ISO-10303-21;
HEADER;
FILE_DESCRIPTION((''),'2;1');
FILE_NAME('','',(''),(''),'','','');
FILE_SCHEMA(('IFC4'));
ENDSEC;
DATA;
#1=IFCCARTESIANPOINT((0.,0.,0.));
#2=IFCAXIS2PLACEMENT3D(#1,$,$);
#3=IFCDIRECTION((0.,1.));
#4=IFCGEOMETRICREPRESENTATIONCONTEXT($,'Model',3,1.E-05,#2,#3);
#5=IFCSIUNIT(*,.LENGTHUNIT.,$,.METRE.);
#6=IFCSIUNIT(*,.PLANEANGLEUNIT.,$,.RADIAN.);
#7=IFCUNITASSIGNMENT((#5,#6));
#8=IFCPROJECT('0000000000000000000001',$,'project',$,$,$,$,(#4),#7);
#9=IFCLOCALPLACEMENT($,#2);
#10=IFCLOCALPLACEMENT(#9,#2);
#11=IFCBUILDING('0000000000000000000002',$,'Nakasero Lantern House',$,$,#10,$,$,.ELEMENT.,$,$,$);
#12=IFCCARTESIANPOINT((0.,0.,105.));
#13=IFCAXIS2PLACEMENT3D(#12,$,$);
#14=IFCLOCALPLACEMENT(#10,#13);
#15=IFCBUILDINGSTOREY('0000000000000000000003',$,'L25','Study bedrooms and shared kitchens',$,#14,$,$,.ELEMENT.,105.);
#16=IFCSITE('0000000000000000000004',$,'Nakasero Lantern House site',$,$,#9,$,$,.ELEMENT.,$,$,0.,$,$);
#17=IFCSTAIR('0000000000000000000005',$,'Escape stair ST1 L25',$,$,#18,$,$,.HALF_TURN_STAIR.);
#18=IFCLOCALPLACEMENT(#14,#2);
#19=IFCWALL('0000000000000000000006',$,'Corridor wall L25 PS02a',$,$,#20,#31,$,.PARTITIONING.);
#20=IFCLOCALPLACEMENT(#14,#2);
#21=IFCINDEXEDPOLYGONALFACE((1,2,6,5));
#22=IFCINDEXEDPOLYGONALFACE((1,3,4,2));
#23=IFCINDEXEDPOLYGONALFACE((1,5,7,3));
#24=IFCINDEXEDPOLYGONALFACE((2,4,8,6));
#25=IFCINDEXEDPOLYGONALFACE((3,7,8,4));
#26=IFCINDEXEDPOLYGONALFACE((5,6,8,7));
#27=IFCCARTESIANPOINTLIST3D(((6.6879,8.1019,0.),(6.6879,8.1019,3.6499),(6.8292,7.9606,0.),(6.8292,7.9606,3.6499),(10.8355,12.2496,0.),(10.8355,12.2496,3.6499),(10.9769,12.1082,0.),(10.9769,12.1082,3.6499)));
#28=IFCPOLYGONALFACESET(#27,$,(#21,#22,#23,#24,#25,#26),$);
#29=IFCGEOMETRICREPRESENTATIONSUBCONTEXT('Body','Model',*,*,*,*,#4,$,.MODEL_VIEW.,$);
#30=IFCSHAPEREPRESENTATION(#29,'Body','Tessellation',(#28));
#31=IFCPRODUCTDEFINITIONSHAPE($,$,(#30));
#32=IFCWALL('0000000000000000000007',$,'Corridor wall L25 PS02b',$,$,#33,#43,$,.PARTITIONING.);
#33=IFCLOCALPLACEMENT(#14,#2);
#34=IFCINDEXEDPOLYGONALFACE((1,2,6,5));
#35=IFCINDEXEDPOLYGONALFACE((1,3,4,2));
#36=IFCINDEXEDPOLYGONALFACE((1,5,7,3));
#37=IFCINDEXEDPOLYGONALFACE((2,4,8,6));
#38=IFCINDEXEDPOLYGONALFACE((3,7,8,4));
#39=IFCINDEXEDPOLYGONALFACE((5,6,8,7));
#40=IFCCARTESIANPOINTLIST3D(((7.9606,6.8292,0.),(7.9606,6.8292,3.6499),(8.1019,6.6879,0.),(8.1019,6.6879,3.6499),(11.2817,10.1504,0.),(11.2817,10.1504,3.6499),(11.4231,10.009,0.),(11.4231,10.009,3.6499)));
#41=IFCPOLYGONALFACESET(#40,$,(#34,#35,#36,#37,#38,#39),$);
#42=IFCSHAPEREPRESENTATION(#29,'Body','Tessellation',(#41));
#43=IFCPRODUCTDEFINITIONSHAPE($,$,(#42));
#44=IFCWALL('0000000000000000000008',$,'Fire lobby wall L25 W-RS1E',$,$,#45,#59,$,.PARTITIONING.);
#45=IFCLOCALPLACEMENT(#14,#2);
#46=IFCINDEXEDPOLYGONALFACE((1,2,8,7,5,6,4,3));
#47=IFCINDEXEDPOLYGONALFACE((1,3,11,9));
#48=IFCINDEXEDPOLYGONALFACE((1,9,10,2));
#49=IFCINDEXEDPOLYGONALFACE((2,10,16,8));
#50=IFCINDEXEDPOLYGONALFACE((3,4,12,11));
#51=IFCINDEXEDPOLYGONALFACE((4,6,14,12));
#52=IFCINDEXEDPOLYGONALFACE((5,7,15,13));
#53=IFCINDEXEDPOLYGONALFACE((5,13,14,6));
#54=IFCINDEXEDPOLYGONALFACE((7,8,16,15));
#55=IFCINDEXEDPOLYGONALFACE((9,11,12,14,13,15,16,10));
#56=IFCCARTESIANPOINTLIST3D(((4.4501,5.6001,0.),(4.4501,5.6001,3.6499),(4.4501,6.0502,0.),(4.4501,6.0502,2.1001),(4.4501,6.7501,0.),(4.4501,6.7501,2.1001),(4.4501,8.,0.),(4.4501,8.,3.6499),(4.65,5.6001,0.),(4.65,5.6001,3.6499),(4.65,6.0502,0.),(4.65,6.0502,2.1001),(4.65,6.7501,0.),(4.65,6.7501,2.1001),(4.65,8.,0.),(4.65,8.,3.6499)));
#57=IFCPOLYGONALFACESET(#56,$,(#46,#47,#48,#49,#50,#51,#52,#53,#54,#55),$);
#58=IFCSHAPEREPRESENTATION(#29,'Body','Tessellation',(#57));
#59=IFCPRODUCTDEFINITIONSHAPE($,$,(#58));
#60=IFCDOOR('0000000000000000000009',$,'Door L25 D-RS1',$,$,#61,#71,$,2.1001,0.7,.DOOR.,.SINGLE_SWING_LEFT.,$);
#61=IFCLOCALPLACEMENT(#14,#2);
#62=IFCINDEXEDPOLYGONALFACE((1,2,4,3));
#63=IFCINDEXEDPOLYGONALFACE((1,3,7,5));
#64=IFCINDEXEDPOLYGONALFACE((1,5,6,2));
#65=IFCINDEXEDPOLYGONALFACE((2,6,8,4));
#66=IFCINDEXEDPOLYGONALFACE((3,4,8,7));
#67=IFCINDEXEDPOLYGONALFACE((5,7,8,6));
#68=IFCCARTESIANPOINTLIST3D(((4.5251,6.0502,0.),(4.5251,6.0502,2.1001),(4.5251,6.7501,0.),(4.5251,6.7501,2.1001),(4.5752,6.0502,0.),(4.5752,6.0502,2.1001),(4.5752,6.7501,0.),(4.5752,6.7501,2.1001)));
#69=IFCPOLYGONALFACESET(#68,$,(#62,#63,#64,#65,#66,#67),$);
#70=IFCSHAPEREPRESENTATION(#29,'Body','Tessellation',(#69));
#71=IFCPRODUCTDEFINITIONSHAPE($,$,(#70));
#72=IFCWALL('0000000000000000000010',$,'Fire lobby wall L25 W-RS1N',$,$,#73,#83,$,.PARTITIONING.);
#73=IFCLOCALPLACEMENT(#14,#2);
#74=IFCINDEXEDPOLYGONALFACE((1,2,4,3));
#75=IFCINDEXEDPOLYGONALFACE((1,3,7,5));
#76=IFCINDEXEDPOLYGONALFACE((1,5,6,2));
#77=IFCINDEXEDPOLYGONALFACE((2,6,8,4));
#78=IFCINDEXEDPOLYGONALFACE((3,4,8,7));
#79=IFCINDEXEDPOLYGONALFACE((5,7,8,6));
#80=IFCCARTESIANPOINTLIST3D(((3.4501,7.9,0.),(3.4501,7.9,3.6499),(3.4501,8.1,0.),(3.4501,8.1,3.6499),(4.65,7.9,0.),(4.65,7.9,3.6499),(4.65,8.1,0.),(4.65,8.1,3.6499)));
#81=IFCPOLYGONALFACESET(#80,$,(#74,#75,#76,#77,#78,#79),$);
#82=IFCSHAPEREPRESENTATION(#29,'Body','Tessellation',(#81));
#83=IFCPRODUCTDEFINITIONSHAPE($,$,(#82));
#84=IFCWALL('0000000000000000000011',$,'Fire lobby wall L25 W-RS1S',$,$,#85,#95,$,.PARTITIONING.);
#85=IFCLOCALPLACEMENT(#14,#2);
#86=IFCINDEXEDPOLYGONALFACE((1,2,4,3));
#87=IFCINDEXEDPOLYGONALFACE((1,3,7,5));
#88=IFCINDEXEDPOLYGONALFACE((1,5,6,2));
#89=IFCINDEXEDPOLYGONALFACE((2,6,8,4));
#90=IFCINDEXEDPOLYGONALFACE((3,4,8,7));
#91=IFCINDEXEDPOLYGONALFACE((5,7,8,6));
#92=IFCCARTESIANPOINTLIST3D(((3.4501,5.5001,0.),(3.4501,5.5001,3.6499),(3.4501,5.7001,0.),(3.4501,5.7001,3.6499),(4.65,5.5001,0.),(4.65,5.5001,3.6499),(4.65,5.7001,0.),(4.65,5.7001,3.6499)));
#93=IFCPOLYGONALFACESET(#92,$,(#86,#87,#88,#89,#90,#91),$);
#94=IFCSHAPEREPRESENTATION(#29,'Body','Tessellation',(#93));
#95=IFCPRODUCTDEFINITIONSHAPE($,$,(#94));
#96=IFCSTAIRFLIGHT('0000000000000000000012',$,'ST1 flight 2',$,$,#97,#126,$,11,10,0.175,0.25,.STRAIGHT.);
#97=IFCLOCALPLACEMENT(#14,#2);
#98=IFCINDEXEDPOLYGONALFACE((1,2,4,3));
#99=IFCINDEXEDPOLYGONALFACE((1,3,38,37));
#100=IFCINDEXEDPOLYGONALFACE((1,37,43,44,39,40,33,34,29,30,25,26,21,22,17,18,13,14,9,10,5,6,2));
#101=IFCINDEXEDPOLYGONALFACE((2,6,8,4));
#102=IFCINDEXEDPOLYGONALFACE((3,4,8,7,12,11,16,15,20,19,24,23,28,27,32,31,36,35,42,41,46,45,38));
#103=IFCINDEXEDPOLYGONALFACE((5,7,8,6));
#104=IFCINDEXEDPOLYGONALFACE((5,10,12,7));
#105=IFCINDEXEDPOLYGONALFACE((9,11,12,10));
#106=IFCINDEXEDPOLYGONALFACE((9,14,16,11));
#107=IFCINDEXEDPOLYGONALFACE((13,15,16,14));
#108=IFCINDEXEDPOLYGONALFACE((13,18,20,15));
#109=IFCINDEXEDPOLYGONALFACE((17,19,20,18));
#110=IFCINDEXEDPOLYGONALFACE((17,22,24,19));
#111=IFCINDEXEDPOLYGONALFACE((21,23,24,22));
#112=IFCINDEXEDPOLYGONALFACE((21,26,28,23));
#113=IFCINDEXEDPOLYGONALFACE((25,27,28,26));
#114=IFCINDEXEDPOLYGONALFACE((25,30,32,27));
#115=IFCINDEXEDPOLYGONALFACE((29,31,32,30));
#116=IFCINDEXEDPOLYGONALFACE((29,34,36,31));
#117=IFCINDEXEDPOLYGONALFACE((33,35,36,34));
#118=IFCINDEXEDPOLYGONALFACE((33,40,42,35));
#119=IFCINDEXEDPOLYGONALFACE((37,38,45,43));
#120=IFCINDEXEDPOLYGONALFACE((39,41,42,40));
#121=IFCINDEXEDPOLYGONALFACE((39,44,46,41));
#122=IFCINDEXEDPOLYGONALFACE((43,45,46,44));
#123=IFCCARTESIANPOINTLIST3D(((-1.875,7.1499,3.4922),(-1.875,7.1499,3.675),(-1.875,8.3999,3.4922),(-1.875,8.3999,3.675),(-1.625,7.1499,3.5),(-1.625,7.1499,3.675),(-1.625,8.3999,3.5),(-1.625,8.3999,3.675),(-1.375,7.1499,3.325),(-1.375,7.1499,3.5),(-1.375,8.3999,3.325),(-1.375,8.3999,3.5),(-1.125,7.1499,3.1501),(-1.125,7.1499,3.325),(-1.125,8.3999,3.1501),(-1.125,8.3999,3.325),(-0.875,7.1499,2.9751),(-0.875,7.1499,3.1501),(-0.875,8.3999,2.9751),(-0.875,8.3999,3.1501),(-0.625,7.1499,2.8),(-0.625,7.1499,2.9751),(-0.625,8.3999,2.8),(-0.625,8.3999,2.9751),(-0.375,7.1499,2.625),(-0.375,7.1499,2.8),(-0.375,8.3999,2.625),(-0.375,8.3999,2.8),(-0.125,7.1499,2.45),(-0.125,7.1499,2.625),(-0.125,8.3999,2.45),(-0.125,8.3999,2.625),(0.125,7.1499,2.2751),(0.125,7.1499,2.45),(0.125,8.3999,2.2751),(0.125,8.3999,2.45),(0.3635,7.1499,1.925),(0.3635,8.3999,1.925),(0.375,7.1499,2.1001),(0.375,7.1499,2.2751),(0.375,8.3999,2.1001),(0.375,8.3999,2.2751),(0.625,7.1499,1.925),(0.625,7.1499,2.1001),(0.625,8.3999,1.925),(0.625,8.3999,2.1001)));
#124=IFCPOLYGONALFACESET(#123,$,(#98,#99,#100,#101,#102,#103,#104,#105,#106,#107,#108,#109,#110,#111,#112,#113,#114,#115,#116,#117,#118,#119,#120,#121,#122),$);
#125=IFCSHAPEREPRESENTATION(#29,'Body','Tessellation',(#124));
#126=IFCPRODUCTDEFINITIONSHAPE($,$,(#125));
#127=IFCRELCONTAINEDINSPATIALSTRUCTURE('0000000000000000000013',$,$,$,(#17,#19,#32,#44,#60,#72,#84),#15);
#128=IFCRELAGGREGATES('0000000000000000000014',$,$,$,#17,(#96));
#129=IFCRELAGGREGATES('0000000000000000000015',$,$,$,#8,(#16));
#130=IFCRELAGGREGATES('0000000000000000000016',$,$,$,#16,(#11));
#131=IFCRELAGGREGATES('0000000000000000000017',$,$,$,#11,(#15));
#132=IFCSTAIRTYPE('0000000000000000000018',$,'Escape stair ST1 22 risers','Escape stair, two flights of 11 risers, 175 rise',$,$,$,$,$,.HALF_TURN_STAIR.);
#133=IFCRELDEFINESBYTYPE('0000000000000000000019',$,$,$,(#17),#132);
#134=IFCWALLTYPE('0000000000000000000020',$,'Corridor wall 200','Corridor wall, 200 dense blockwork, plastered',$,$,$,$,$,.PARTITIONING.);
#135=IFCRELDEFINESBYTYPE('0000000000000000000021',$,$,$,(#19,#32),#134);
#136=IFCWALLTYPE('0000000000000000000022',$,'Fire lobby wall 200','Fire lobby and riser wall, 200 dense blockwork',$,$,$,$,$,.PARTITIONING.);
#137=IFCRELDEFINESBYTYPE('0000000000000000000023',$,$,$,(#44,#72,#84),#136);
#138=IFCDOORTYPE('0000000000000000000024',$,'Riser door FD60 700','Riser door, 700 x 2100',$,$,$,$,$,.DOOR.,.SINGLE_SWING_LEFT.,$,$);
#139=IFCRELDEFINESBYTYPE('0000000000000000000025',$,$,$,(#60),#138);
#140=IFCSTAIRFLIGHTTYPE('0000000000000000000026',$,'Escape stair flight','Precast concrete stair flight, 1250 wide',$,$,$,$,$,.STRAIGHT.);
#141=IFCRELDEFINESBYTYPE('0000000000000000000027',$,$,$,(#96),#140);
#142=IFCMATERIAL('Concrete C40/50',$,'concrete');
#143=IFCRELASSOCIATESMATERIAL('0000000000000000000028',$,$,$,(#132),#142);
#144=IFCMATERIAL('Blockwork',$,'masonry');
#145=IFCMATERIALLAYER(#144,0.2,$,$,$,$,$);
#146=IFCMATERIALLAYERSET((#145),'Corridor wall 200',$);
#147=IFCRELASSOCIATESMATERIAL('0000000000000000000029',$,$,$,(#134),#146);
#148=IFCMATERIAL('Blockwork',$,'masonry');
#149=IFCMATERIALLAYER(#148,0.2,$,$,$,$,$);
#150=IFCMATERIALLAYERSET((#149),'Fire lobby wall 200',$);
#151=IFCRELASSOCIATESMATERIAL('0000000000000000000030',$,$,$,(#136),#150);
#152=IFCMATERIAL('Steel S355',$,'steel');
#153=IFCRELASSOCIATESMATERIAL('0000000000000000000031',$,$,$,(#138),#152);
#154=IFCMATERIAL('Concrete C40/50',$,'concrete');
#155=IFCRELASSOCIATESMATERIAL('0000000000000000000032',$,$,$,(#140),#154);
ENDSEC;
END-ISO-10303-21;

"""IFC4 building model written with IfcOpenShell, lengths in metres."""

from ifc_helpers import new_model, si_unit, direction, frame, frame_2d, origin, place, context, subcontext, project, spatial, polyline, rectangle, outline, extrude, material, layer, layer_set, type_object, element, fill, aggregate, save


model = new_model("IFC4")

# Units and contexts
model_context = context("Model", 3, precision=1e-05, world=origin(), true_north=direction((0.0, 1.0)))
body_context = subcontext(model_context, "Body", "Model", "MODEL_VIEW")
ifc_project = project(units=[si_unit("LENGTHUNIT", "METRE"), si_unit("PLANEANGLEUNIT", "RADIAN")], contexts=[model_context])

# Site, building, storey
site_placement = place(None, origin())
site = spatial("IfcSite", under=ifc_project, at=site_placement, Name="Nakasero Lantern House site", CompositionType="ELEMENT", RefElevation=0.0)
building_placement = place(site_placement, origin())
building = spatial("IfcBuilding", under=site, at=building_placement, Name="Nakasero Lantern House", CompositionType="ELEMENT")
storey_placement = place(building_placement, frame((0.0, 0.0, 105.0)))
storey = spatial("IfcBuildingStorey", under=building, at=storey_placement, Name="L25", Description="Study bedrooms and shared kitchens", CompositionType="ELEMENT", Elevation=105.0)

# Stair
ifc_material_1 = material(Name="Concrete C40/50", Category="concrete")
stair_type_1 = type_object("IfcStairType", Name="Escape stair ST1 22 risers", Description="Escape stair, two flights of 11 risers, 175 rise", PredefinedType="HALF_TURN_STAIR", material=ifc_material_1)
stair_1_placement = place(storey_placement, origin())
stair_1 = element("IfcStair", 1, at=stair_1_placement, inside=storey, type_object=stair_type_1, Name="Escape stair ST1 L25", PredefinedType="HALF_TURN_STAIR")

# Walls
ifc_material_2 = material(Name="Blockwork", Category="masonry")
ifc_layer_1 = layer(ifc_material_2, 0.2)
ifc_layer_set_1 = layer_set([ifc_layer_1], Name="Corridor wall 200")
wall_type_1 = type_object("IfcWallType", Name="Corridor wall 200", Description="Corridor wall, 200 dense blockwork, plastered", PredefinedType="PARTITIONING", material=ifc_layer_set_1)
wall_1_placement = place(storey_placement, frame((6.7585, 8.0312, 0.0), z_axis=(0.0, 0.0, 1.0), x_axis=(0.707107, 0.707107, 0.0)))
element("IfcWall", 2, at=wall_1_placement, inside=storey, type_object=wall_type_1, Name="Corridor wall L25 PS02a", PredefinedType="PARTITIONING", context=body_context, shape_type="SweptSolid", body=[
    extrude(rectangle(XDim=5.8657, YDim=0.2, at=frame_2d((2.9329, 0.0))), origin(), (0.0, 0.0, 1.0), 3.6499),
])
wall_2_placement = place(storey_placement, frame((8.0312, 6.7585, 0.0), z_axis=(0.0, 0.0, 1.0), x_axis=(0.707107, 0.707107, 0.0)))
element("IfcWall", 3, at=wall_2_placement, inside=storey, type_object=wall_type_1, Name="Corridor wall L25 PS02b", PredefinedType="PARTITIONING", context=body_context, shape_type="SweptSolid", body=[
    extrude(rectangle(XDim=4.6968, YDim=0.2, at=frame_2d((2.3484, 0.0))), origin(), (0.0, 0.0, 1.0), 3.6499),
])

# Wall, opening, door
ifc_material_3 = material(Name="Blockwork", Category="masonry")
ifc_layer_2 = layer(ifc_material_3, 0.2)
ifc_layer_set_2 = layer_set([ifc_layer_2], Name="Fire lobby wall 200")
wall_type_2 = type_object("IfcWallType", Name="Fire lobby wall 200", Description="Fire lobby and riser wall, 200 dense blockwork", PredefinedType="PARTITIONING", material=ifc_layer_set_2)
wall_3_placement = place(storey_placement, frame((4.55, 5.6001, 0.0), z_axis=(0.0, 0.0, 1.0), x_axis=(0.0, 1.0, 0.0)))
wall_3 = element("IfcWall", 4, at=wall_3_placement, inside=storey, type_object=wall_type_2, Name="Fire lobby wall L25 W-RS1E", PredefinedType="PARTITIONING", context=body_context, shape_type="SweptSolid", body=[
    extrude(rectangle(XDim=2.3999, YDim=0.2, at=frame_2d((1.2, 0.0))), origin(), (0.0, 0.0, 1.0), 3.6499),
])
opening_1_placement = place(wall_3_placement, frame((0.45, 0.0, 0.0)))
opening_1 = element("IfcOpeningElement", 5, at=opening_1_placement, cuts=wall_3, PredefinedType="OPENING", context=body_context, shape_type="SweptSolid", body=[
    extrude(rectangle(XDim=0.7, YDim=2.1001, at=frame_2d((0.3501, 1.05))), frame((0.0, 0.1199, 0.0), z_axis=(0.0, -1.0, 0.0), x_axis=(1.0, 0.0, 0.0)), (0.0, 0.0, 1.0), 0.24),
])
ifc_material_4 = material(Name="Steel S355", Category="steel")
door_type_1 = type_object("IfcDoorType", Name="Riser door FD60 700", Description="Riser door, 700 x 2100", OperationType="SINGLE_SWING_LEFT", PredefinedType="DOOR", material=ifc_material_4)
door_1_placement = place(opening_1_placement, origin())
door_1 = element("IfcDoor", 6, at=door_1_placement, inside=storey, type_object=door_type_1, Name="Door L25 D-RS1", OperationType="SINGLE_SWING_LEFT", OverallHeight=2.1001, OverallWidth=0.7, PredefinedType="DOOR", context=body_context, shape_type="SweptSolid", body=[
    extrude(rectangle(XDim=0.7, YDim=2.1001, at=frame_2d((0.3501, 1.05))), frame((0.0, 0.0249, 0.0), z_axis=(0.0, -1.0, 0.0), x_axis=(1.0, 0.0, 0.0)), (0.0, 0.0, 1.0), 0.05),
])
fill(opening_1, door_1)

# Walls
for number, where, z_axis, x_axis, name in (
    (7, (3.45, 8.0, 0.0), (0.0, 0.0, 1.0), (1.0, 0.0, 0.0), "Fire lobby wall L25 W-RS1N"),
    (8, (3.45, 5.6001, 0.0), (0.0, 0.0, 1.0), (1.0, 0.0, 0.0), "Fire lobby wall L25 W-RS1S"),
):
    element("IfcWall", number, at=place(storey_placement, frame(where, z_axis=z_axis, x_axis=x_axis)), inside=storey, type_object=wall_type_2, Name=name, PredefinedType="PARTITIONING", context=body_context, shape_type="SweptSolid", body=[
        extrude(rectangle(XDim=1.2, YDim=0.2, at=frame_2d((0.6001, 0.0))), origin(), (0.0, 0.0, 1.0), 3.6499),
    ])

# Stair flight
ifc_material_5 = material(Name="Concrete C40/50", Category="concrete")
stair_flight_type = type_object("IfcStairFlightType", Name="Escape stair flight", Description="Precast concrete stair flight, 1250 wide", PredefinedType="STRAIGHT", material=ifc_material_5)
stair_flight_placement = place(storey_placement, frame((0.625, 7.7749, 1.925), z_axis=(0.0, 0.0, 1.0), x_axis=(-1.0, 0.0, 0.0)))
stair_flight = element("IfcStairFlight", 9, at=stair_flight_placement, type_object=stair_flight_type, Name="ST1 flight 2", NumberOfRisers=11, NumberOfTreads=10, PredefinedType="STRAIGHT", RiserHeight=0.175, TreadLength=0.25, context=body_context, shape_type="SweptSolid", body=[
    extrude(outline(polyline([(0.0, 0.0), (0.0, 0.175), (0.25, 0.175), (0.25, 0.3501), (0.5, 0.3501), (0.5, 0.5249), (0.75, 0.5249), (0.75, 0.7), (1.0, 0.7), (1.0, 0.875), (1.25, 0.875), (1.25, 1.05), (1.5, 1.05), (1.5, 1.2251), (1.75, 1.2251), (1.75, 1.3999), (2.0, 1.3999), (2.0, 1.575), (2.25, 1.575), (2.25, 1.75), (2.5, 1.75), (2.5, 1.925), (2.5, 1.5671), (0.2615, 0.0), (0.0, 0.0)])), frame((0.0, 0.625, 0.0), z_axis=(0.0, -1.0, 0.0), x_axis=(1.0, 0.0, 0.0)), (0.0, 0.0, 1.0), 1.25),
])
aggregate(stair_1, [stair_flight])

save(model, "model.ifc")
